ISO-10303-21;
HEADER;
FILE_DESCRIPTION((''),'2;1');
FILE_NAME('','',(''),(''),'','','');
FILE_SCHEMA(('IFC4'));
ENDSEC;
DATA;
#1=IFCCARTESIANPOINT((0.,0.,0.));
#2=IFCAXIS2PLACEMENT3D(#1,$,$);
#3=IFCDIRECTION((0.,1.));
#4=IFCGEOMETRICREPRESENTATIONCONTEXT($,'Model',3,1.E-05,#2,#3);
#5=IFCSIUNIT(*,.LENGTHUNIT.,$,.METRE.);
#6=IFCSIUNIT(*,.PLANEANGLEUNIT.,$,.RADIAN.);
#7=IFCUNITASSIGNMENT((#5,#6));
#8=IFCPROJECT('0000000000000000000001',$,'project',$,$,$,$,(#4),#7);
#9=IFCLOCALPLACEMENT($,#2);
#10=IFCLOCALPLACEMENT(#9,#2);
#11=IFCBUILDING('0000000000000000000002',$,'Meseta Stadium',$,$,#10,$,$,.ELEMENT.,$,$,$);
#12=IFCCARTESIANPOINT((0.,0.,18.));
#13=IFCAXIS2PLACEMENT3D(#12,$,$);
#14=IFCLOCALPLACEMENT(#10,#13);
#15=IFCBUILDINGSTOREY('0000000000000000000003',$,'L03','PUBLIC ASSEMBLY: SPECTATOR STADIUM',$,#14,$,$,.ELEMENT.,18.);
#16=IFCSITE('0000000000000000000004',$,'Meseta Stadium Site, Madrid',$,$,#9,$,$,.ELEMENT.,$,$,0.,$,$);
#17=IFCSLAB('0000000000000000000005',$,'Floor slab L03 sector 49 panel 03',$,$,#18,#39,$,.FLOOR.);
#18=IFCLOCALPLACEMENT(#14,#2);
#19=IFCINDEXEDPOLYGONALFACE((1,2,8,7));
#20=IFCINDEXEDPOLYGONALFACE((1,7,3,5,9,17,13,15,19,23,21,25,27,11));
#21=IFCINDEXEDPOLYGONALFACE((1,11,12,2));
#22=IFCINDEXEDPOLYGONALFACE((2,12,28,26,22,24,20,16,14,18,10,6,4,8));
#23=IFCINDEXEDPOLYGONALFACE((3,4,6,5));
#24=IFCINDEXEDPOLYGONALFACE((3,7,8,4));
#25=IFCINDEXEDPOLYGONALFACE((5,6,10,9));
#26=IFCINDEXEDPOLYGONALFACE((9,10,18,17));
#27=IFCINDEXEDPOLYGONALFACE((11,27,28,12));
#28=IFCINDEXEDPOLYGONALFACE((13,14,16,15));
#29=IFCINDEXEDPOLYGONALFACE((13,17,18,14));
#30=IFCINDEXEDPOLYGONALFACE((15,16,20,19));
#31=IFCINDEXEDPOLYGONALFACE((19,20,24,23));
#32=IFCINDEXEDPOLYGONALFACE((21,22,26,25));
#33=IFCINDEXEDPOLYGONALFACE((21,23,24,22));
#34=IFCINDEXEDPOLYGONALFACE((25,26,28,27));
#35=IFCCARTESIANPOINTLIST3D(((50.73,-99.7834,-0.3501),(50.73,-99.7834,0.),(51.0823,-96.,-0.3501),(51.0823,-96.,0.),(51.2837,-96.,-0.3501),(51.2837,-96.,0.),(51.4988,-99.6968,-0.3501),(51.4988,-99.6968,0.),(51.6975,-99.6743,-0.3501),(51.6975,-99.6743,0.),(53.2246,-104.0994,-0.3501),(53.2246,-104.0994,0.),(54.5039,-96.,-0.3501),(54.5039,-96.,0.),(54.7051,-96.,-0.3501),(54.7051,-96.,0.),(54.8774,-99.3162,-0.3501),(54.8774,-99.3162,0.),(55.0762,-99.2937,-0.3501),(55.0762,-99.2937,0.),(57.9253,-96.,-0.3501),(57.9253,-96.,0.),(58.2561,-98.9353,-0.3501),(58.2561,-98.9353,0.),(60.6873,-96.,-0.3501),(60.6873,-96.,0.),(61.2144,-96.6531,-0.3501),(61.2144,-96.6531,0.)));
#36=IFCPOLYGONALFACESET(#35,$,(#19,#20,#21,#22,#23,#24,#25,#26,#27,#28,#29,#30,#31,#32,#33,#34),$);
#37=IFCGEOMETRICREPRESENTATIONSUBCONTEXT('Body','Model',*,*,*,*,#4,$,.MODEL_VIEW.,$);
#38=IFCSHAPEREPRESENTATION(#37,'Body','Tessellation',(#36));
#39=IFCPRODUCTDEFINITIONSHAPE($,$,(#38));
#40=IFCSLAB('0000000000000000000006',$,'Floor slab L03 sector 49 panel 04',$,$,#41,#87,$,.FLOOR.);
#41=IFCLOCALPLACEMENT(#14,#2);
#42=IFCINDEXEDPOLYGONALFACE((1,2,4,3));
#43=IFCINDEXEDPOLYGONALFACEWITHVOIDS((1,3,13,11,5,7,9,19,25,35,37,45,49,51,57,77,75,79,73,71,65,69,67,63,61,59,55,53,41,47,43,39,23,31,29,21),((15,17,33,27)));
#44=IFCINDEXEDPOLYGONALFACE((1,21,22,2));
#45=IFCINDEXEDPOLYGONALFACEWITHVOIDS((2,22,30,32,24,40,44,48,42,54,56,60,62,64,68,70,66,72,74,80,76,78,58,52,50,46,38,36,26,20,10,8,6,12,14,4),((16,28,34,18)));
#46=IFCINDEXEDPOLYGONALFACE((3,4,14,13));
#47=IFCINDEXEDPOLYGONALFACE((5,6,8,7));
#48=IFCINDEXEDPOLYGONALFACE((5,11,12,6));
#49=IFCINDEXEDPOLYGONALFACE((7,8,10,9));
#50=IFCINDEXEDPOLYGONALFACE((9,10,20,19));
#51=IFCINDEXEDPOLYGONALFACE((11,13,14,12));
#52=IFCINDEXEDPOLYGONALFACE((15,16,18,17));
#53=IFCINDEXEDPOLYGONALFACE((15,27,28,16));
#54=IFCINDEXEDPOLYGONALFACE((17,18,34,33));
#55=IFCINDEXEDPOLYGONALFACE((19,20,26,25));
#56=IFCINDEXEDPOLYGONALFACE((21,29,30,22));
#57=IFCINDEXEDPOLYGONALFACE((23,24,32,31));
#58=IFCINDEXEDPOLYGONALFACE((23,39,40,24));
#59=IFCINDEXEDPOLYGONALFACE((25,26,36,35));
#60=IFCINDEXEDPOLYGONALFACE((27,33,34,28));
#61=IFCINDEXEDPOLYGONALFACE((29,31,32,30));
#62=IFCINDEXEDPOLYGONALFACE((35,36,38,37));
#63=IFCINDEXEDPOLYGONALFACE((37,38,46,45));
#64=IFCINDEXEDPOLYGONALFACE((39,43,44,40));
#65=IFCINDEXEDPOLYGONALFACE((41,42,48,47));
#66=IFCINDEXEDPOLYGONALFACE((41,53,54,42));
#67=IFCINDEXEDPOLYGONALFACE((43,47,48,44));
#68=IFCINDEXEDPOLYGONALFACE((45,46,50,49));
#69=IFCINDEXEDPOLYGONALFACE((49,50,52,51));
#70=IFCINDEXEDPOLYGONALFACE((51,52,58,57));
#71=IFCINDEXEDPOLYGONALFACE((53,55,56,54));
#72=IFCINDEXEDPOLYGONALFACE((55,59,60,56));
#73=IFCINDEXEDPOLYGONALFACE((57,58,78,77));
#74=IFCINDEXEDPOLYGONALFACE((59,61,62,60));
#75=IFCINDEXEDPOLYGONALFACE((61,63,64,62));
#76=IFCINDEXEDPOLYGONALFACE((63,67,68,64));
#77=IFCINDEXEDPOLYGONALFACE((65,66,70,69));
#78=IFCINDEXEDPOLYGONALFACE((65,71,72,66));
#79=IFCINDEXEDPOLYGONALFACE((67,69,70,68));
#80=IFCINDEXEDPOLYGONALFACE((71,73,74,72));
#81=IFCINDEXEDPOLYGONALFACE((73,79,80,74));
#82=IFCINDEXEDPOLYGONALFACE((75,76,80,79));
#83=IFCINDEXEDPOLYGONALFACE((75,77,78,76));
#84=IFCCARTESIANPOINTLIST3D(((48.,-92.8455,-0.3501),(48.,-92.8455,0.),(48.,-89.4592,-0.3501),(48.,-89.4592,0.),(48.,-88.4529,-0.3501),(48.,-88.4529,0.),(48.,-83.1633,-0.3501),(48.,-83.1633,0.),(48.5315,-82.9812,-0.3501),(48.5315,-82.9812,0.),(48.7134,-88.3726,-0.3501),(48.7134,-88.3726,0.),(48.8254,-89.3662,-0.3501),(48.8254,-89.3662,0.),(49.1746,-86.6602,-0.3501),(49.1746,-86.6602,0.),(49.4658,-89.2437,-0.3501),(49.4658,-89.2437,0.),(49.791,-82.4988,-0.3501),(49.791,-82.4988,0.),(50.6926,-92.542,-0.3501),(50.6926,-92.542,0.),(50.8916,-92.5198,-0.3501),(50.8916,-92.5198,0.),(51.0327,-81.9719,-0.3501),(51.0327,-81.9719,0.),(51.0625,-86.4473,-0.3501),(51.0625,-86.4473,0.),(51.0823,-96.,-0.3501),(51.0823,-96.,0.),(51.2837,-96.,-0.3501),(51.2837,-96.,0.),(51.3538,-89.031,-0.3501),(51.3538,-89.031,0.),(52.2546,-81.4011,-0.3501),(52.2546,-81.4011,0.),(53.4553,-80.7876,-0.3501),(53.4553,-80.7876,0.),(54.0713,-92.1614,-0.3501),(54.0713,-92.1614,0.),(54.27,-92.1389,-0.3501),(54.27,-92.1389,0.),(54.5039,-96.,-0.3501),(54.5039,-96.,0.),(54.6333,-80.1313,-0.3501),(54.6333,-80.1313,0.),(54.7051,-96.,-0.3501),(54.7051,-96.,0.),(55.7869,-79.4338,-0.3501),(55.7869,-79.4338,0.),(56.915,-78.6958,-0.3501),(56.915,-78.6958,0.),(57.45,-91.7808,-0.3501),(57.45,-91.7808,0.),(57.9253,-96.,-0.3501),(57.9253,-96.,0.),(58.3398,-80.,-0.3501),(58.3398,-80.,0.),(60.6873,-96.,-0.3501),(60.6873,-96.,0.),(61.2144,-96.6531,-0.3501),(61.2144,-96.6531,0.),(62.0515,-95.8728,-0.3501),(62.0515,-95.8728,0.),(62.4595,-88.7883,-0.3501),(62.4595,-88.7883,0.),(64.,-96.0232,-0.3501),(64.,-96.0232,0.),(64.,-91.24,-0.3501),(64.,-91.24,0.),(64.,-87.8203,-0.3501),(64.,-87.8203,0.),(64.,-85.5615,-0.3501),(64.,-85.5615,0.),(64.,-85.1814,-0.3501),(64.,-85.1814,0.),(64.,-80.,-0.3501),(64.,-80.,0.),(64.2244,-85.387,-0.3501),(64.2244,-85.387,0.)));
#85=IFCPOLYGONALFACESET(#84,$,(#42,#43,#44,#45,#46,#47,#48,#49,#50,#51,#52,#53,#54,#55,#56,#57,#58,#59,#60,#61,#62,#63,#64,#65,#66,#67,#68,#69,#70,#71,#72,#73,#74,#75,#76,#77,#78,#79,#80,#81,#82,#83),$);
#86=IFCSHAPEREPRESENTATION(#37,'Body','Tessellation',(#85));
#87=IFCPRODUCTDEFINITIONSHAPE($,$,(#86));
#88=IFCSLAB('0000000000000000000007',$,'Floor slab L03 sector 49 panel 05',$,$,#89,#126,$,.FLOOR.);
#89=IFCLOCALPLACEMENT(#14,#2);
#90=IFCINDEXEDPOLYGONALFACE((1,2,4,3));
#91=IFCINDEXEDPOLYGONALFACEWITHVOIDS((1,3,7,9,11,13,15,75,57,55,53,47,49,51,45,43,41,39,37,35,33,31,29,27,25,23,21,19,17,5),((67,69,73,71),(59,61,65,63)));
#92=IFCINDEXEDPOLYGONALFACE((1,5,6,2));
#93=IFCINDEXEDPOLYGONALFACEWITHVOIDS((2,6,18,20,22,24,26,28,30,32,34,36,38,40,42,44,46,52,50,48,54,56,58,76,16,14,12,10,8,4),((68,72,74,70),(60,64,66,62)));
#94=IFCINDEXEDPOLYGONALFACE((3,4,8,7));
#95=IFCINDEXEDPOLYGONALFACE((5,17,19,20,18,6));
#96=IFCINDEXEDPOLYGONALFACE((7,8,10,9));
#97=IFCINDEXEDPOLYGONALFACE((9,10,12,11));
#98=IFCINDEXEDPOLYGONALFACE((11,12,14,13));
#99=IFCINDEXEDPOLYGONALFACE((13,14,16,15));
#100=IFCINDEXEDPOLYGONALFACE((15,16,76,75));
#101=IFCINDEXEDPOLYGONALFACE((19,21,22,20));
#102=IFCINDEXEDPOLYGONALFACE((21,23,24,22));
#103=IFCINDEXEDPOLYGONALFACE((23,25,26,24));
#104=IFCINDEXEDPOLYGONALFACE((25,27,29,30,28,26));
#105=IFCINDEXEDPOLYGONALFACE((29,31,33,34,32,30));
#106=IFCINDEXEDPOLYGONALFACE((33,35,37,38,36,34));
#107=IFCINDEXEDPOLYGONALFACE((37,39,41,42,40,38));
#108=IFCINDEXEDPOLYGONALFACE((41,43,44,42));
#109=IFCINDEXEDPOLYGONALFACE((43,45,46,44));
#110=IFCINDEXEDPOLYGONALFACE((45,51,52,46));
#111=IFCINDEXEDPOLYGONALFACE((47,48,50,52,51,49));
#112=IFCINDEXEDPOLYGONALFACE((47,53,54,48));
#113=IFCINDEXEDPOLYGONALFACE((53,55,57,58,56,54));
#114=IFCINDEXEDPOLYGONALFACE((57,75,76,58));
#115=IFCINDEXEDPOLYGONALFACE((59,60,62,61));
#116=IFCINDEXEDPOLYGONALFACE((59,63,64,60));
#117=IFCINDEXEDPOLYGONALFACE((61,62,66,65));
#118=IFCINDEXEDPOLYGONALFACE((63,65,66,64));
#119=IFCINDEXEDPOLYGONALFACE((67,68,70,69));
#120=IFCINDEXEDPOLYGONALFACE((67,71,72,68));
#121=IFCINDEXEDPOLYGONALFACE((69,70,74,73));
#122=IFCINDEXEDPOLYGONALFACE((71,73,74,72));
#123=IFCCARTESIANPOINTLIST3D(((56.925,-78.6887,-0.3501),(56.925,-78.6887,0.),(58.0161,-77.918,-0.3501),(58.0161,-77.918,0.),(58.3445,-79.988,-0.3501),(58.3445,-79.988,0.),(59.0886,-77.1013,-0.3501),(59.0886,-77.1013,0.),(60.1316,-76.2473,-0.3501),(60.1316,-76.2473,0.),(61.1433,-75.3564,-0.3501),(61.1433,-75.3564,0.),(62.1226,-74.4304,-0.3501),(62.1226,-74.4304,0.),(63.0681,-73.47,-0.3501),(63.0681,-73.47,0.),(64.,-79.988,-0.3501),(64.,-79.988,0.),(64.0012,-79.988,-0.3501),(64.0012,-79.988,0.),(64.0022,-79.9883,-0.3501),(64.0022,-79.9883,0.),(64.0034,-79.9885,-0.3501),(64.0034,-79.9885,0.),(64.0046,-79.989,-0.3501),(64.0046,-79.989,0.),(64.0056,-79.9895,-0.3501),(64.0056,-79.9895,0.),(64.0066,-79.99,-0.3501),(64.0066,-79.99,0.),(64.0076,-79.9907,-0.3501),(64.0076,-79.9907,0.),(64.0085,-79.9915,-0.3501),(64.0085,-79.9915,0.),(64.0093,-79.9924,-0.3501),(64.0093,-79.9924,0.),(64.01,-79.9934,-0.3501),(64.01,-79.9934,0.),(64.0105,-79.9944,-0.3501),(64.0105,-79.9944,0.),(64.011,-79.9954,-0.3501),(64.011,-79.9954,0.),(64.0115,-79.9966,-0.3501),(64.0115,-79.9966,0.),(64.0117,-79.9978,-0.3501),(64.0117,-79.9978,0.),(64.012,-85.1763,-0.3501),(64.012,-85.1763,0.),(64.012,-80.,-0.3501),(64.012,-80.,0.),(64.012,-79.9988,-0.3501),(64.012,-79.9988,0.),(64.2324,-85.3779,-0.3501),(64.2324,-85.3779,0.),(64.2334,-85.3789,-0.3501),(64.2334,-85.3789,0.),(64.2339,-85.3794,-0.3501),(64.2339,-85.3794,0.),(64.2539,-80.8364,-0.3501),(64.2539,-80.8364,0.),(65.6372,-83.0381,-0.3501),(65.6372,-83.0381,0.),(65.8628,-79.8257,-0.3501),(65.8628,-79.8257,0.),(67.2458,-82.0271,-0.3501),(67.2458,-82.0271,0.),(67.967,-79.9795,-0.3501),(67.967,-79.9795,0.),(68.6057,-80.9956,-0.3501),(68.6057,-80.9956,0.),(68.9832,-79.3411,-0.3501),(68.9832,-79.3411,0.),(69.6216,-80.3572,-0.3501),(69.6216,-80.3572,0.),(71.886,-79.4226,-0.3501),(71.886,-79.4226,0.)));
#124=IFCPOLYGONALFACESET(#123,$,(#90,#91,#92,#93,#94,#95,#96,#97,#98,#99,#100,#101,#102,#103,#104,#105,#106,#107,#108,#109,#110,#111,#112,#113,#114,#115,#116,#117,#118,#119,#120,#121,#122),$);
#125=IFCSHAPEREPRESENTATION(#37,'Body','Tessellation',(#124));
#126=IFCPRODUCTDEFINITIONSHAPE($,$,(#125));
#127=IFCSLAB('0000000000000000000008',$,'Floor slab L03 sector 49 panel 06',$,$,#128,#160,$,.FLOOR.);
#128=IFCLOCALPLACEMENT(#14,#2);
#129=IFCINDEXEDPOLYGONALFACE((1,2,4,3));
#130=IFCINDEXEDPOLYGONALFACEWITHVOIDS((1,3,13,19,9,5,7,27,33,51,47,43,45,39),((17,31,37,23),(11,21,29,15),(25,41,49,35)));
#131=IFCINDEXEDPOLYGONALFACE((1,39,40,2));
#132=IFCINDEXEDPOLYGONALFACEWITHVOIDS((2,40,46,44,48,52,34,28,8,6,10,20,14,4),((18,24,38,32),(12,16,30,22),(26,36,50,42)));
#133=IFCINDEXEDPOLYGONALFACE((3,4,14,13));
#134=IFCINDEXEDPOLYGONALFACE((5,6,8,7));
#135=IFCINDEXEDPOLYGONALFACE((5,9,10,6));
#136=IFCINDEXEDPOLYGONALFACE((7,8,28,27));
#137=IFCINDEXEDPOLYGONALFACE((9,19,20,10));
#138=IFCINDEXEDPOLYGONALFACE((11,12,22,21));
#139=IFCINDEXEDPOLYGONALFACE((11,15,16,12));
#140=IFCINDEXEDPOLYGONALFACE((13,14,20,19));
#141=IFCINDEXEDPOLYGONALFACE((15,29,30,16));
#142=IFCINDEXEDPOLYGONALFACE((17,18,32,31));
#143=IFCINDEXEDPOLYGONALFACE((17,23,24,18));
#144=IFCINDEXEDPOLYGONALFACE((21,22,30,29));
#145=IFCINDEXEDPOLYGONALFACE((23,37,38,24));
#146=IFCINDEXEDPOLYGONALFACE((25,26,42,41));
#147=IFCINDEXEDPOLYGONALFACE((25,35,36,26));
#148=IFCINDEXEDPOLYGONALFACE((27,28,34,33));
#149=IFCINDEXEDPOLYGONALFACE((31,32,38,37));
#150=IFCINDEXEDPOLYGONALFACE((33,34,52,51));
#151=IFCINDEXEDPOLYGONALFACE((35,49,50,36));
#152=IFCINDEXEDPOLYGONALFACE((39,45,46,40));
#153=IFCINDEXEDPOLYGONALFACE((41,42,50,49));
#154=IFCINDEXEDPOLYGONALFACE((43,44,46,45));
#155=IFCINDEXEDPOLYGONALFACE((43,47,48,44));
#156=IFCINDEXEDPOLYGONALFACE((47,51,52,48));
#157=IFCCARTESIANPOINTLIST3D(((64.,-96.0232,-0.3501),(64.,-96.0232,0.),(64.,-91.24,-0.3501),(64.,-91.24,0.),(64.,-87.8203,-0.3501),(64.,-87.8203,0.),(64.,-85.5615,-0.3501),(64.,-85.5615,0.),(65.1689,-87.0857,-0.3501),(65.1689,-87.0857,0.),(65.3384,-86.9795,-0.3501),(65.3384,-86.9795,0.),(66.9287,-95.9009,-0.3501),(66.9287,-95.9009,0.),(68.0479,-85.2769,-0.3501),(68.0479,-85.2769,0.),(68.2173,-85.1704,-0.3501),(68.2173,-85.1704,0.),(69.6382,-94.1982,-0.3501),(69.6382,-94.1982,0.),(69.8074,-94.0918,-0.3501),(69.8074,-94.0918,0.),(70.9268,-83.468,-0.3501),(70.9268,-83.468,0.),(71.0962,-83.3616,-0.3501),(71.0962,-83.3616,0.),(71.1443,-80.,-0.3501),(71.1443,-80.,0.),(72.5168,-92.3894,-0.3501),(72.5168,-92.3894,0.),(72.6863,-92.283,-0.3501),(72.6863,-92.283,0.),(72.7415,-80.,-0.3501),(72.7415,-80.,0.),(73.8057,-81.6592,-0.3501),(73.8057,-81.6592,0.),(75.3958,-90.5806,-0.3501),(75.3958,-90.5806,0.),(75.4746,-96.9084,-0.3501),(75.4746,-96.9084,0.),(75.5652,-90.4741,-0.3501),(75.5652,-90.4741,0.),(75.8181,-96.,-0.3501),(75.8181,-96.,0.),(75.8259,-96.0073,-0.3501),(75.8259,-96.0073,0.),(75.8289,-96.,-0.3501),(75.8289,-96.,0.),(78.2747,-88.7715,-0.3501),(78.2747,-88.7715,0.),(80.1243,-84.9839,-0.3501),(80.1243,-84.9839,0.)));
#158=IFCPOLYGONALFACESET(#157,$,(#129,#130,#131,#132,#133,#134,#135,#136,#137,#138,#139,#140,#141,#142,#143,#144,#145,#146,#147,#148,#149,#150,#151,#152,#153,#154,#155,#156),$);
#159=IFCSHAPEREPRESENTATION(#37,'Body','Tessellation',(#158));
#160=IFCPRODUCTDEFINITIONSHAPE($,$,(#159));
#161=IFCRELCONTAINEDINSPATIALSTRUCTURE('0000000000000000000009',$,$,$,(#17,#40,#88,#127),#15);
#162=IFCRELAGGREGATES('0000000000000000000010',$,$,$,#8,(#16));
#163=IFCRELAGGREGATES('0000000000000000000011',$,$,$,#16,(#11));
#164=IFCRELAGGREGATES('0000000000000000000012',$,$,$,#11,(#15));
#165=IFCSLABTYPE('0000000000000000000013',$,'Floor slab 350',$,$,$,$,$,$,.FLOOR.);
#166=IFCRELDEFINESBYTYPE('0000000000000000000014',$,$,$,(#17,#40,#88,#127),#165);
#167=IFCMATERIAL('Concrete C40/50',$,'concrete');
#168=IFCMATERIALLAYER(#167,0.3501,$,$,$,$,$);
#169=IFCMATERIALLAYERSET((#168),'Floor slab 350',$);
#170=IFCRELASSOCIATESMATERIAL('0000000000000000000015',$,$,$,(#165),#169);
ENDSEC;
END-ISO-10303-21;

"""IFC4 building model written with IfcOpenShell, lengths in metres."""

from ifc_helpers import new_model, si_unit, direction, frame, origin, place, context, subcontext, project, spatial, polyline, outline, extrude, material, layer, layer_set, type_object, element, save


model = new_model("IFC4")

# Units and contexts
model_context = context("Model", 3, precision=1e-05, world=origin(), true_north=direction((0.0, 1.0)))
body_context = subcontext(model_context, "Body", "Model", "MODEL_VIEW")
ifc_project = project(units=[si_unit("LENGTHUNIT", "METRE"), si_unit("PLANEANGLEUNIT", "RADIAN")], contexts=[model_context])

# Site, building, storey
site_placement = place(None, origin())
site = spatial("IfcSite", under=ifc_project, at=site_placement, Name="Meseta Stadium Site, Madrid", CompositionType="ELEMENT", RefElevation=0.0)
building_placement = place(site_placement, origin())
building = spatial("IfcBuilding", under=site, at=building_placement, Name="Meseta Stadium", CompositionType="ELEMENT")
storey_placement = place(building_placement, frame((0.0, 0.0, 18.0)))
storey = spatial("IfcBuildingStorey", under=building, at=storey_placement, Name="L03", Description="PUBLIC ASSEMBLY: SPECTATOR STADIUM", CompositionType="ELEMENT", Elevation=18.0)

# Slabs
ifc_material_1 = material(Name="Concrete C40/50", Category="concrete")
ifc_layer_1 = layer(ifc_material_1, 0.3501)
ifc_layer_set_1 = layer_set([ifc_layer_1], Name="Floor slab 350")
slab_type_1 = type_object("IfcSlabType", Name="Floor slab 350", PredefinedType="FLOOR", material=ifc_layer_set_1)
slab_1_placement = place(storey_placement, frame((0.0, 0.0, -0.3501)))
element("IfcSlab", 1, at=slab_1_placement, inside=storey, type_object=slab_type_1, Name="Floor slab L03 sector 49 panel 03", PredefinedType="FLOOR", context=body_context, shape_type="SweptSolid", body=[
    extrude(outline(polyline([(50.73, -99.7834), (53.2246, -104.0994), (61.2144, -96.6531), (60.6873, -96.0), (57.9253, -96.0), (58.2561, -98.9353), (55.0762, -99.2937), (54.7051, -96.0), (54.5039, -96.0), (54.8774, -99.3162), (51.6975, -99.6743), (51.2837, -96.0), (51.0823, -96.0), (51.4988, -99.6968), (50.73, -99.7834)])), origin(), (0.0, 0.0, 1.0), 0.3501),
])
slab_2_placement = place(storey_placement, frame((0.0, 0.0, -0.3501)))
element("IfcSlab", 2, at=slab_2_placement, inside=storey, type_object=slab_type_1, Name="Floor slab L03 sector 49 panel 04", PredefinedType="FLOOR", context=body_context, shape_type="SweptSolid", body=[
    extrude(outline(polyline([(62.0515, -95.8728), (64.0, -96.0232), (64.0, -91.24), (62.4595, -88.7883), (64.0, -87.8203), (64.0, -85.5615), (64.2244, -85.387), (64.0, -85.1814), (64.0, -80.0), (58.3398, -80.0), (56.915, -78.6958), (55.7869, -79.4338), (54.6333, -80.1313), (53.4553, -80.7876), (52.2546, -81.4011), (51.0327, -81.9719), (49.791, -82.4988), (48.5315, -82.9812), (48.0, -83.1633), (48.0, -88.4529), (48.7134, -88.3726), (48.8254, -89.3662), (48.0, -89.4592), (48.0, -92.8455), (50.6926, -92.542), (51.0823, -96.0), (51.2837, -96.0), (50.8916, -92.5198), (54.0713, -92.1614), (54.5039, -96.0), (54.7051, -96.0), (54.27, -92.1389), (57.45, -91.7808), (57.9253, -96.0), (60.6873, -96.0), (61.2144, -96.6531), (62.0515, -95.8728)]), holes=[polyline([(49.1746, -86.6602), (51.0625, -86.4473), (51.3538, -89.031), (49.4658, -89.2437), (49.1746, -86.6602)])]), origin(), (0.0, 0.0, 1.0), 0.3501),
])
slab_3_placement = place(storey_placement, frame((0.0, 0.0, -0.3501)))
element("IfcSlab", 3, at=slab_3_placement, inside=storey, type_object=slab_type_1, Name="Floor slab L03 sector 49 panel 05", PredefinedType="FLOOR", context=body_context, shape_type="SweptSolid", body=[
    extrude(outline(polyline([(58.0161, -77.918), (56.925, -78.6887), (58.3445, -79.988), (64.0, -79.988), (64.0012, -79.988), (64.0022, -79.9883), (64.0034, -79.9885), (64.0046, -79.989), (64.0056, -79.9895), (64.0066, -79.99), (64.0076, -79.9907), (64.0085, -79.9915), (64.0093, -79.9924), (64.01, -79.9934), (64.0105, -79.9944), (64.011, -79.9954), (64.0115, -79.9966), (64.0117, -79.9978), (64.012, -79.9988), (64.012, -80.0), (64.012, -85.1763), (64.2324, -85.3779), (64.2334, -85.3789), (64.2339, -85.3794), (71.886, -79.4226), (63.0681, -73.47), (62.1226, -74.4304), (61.1433, -75.3564), (60.1316, -76.2473), (59.0886, -77.1013), (58.0161, -77.918)]), holes=[polyline([(68.6057, -80.9956), (67.967, -79.9795), (68.9832, -79.3411), (69.6216, -80.3572), (68.6057, -80.9956)]), polyline([(65.6372, -83.0381), (64.2539, -80.8364), (65.8628, -79.8257), (67.2458, -82.0271), (65.6372, -83.0381)])]), origin(), (0.0, 0.0, 1.0), 0.3501),
])
slab_4_placement = place(storey_placement, frame((0.0, 0.0, -0.3501)))
element("IfcSlab", 4, at=slab_4_placement, inside=storey, type_object=slab_type_1, Name="Floor slab L03 sector 49 panel 06", PredefinedType="FLOOR", context=body_context, shape_type="SweptSolid", body=[
    extrude(outline(polyline([(64.0, -91.24), (64.0, -96.0232), (75.4746, -96.9084), (75.8259, -96.0073), (75.8181, -96.0), (75.8289, -96.0), (80.1243, -84.9839), (72.7415, -80.0), (71.1443, -80.0), (64.0, -85.5615), (64.0, -87.8203), (65.1689, -87.0857), (69.6382, -94.1982), (66.9287, -95.9009), (64.0, -91.24)]), holes=[polyline([(65.3384, -86.9795), (68.0479, -85.2769), (72.5168, -92.3894), (69.8074, -94.0918), (65.3384, -86.9795)]), polyline([(68.2173, -85.1704), (70.9268, -83.468), (75.3958, -90.5806), (72.6863, -92.283), (68.2173, -85.1704)]), polyline([(71.0962, -83.3616), (73.8057, -81.6592), (78.2747, -88.7715), (75.5652, -90.4741), (71.0962, -83.3616)])]), origin(), (0.0, 0.0, 1.0), 0.3501),
])

save(model, "model.ifc")
